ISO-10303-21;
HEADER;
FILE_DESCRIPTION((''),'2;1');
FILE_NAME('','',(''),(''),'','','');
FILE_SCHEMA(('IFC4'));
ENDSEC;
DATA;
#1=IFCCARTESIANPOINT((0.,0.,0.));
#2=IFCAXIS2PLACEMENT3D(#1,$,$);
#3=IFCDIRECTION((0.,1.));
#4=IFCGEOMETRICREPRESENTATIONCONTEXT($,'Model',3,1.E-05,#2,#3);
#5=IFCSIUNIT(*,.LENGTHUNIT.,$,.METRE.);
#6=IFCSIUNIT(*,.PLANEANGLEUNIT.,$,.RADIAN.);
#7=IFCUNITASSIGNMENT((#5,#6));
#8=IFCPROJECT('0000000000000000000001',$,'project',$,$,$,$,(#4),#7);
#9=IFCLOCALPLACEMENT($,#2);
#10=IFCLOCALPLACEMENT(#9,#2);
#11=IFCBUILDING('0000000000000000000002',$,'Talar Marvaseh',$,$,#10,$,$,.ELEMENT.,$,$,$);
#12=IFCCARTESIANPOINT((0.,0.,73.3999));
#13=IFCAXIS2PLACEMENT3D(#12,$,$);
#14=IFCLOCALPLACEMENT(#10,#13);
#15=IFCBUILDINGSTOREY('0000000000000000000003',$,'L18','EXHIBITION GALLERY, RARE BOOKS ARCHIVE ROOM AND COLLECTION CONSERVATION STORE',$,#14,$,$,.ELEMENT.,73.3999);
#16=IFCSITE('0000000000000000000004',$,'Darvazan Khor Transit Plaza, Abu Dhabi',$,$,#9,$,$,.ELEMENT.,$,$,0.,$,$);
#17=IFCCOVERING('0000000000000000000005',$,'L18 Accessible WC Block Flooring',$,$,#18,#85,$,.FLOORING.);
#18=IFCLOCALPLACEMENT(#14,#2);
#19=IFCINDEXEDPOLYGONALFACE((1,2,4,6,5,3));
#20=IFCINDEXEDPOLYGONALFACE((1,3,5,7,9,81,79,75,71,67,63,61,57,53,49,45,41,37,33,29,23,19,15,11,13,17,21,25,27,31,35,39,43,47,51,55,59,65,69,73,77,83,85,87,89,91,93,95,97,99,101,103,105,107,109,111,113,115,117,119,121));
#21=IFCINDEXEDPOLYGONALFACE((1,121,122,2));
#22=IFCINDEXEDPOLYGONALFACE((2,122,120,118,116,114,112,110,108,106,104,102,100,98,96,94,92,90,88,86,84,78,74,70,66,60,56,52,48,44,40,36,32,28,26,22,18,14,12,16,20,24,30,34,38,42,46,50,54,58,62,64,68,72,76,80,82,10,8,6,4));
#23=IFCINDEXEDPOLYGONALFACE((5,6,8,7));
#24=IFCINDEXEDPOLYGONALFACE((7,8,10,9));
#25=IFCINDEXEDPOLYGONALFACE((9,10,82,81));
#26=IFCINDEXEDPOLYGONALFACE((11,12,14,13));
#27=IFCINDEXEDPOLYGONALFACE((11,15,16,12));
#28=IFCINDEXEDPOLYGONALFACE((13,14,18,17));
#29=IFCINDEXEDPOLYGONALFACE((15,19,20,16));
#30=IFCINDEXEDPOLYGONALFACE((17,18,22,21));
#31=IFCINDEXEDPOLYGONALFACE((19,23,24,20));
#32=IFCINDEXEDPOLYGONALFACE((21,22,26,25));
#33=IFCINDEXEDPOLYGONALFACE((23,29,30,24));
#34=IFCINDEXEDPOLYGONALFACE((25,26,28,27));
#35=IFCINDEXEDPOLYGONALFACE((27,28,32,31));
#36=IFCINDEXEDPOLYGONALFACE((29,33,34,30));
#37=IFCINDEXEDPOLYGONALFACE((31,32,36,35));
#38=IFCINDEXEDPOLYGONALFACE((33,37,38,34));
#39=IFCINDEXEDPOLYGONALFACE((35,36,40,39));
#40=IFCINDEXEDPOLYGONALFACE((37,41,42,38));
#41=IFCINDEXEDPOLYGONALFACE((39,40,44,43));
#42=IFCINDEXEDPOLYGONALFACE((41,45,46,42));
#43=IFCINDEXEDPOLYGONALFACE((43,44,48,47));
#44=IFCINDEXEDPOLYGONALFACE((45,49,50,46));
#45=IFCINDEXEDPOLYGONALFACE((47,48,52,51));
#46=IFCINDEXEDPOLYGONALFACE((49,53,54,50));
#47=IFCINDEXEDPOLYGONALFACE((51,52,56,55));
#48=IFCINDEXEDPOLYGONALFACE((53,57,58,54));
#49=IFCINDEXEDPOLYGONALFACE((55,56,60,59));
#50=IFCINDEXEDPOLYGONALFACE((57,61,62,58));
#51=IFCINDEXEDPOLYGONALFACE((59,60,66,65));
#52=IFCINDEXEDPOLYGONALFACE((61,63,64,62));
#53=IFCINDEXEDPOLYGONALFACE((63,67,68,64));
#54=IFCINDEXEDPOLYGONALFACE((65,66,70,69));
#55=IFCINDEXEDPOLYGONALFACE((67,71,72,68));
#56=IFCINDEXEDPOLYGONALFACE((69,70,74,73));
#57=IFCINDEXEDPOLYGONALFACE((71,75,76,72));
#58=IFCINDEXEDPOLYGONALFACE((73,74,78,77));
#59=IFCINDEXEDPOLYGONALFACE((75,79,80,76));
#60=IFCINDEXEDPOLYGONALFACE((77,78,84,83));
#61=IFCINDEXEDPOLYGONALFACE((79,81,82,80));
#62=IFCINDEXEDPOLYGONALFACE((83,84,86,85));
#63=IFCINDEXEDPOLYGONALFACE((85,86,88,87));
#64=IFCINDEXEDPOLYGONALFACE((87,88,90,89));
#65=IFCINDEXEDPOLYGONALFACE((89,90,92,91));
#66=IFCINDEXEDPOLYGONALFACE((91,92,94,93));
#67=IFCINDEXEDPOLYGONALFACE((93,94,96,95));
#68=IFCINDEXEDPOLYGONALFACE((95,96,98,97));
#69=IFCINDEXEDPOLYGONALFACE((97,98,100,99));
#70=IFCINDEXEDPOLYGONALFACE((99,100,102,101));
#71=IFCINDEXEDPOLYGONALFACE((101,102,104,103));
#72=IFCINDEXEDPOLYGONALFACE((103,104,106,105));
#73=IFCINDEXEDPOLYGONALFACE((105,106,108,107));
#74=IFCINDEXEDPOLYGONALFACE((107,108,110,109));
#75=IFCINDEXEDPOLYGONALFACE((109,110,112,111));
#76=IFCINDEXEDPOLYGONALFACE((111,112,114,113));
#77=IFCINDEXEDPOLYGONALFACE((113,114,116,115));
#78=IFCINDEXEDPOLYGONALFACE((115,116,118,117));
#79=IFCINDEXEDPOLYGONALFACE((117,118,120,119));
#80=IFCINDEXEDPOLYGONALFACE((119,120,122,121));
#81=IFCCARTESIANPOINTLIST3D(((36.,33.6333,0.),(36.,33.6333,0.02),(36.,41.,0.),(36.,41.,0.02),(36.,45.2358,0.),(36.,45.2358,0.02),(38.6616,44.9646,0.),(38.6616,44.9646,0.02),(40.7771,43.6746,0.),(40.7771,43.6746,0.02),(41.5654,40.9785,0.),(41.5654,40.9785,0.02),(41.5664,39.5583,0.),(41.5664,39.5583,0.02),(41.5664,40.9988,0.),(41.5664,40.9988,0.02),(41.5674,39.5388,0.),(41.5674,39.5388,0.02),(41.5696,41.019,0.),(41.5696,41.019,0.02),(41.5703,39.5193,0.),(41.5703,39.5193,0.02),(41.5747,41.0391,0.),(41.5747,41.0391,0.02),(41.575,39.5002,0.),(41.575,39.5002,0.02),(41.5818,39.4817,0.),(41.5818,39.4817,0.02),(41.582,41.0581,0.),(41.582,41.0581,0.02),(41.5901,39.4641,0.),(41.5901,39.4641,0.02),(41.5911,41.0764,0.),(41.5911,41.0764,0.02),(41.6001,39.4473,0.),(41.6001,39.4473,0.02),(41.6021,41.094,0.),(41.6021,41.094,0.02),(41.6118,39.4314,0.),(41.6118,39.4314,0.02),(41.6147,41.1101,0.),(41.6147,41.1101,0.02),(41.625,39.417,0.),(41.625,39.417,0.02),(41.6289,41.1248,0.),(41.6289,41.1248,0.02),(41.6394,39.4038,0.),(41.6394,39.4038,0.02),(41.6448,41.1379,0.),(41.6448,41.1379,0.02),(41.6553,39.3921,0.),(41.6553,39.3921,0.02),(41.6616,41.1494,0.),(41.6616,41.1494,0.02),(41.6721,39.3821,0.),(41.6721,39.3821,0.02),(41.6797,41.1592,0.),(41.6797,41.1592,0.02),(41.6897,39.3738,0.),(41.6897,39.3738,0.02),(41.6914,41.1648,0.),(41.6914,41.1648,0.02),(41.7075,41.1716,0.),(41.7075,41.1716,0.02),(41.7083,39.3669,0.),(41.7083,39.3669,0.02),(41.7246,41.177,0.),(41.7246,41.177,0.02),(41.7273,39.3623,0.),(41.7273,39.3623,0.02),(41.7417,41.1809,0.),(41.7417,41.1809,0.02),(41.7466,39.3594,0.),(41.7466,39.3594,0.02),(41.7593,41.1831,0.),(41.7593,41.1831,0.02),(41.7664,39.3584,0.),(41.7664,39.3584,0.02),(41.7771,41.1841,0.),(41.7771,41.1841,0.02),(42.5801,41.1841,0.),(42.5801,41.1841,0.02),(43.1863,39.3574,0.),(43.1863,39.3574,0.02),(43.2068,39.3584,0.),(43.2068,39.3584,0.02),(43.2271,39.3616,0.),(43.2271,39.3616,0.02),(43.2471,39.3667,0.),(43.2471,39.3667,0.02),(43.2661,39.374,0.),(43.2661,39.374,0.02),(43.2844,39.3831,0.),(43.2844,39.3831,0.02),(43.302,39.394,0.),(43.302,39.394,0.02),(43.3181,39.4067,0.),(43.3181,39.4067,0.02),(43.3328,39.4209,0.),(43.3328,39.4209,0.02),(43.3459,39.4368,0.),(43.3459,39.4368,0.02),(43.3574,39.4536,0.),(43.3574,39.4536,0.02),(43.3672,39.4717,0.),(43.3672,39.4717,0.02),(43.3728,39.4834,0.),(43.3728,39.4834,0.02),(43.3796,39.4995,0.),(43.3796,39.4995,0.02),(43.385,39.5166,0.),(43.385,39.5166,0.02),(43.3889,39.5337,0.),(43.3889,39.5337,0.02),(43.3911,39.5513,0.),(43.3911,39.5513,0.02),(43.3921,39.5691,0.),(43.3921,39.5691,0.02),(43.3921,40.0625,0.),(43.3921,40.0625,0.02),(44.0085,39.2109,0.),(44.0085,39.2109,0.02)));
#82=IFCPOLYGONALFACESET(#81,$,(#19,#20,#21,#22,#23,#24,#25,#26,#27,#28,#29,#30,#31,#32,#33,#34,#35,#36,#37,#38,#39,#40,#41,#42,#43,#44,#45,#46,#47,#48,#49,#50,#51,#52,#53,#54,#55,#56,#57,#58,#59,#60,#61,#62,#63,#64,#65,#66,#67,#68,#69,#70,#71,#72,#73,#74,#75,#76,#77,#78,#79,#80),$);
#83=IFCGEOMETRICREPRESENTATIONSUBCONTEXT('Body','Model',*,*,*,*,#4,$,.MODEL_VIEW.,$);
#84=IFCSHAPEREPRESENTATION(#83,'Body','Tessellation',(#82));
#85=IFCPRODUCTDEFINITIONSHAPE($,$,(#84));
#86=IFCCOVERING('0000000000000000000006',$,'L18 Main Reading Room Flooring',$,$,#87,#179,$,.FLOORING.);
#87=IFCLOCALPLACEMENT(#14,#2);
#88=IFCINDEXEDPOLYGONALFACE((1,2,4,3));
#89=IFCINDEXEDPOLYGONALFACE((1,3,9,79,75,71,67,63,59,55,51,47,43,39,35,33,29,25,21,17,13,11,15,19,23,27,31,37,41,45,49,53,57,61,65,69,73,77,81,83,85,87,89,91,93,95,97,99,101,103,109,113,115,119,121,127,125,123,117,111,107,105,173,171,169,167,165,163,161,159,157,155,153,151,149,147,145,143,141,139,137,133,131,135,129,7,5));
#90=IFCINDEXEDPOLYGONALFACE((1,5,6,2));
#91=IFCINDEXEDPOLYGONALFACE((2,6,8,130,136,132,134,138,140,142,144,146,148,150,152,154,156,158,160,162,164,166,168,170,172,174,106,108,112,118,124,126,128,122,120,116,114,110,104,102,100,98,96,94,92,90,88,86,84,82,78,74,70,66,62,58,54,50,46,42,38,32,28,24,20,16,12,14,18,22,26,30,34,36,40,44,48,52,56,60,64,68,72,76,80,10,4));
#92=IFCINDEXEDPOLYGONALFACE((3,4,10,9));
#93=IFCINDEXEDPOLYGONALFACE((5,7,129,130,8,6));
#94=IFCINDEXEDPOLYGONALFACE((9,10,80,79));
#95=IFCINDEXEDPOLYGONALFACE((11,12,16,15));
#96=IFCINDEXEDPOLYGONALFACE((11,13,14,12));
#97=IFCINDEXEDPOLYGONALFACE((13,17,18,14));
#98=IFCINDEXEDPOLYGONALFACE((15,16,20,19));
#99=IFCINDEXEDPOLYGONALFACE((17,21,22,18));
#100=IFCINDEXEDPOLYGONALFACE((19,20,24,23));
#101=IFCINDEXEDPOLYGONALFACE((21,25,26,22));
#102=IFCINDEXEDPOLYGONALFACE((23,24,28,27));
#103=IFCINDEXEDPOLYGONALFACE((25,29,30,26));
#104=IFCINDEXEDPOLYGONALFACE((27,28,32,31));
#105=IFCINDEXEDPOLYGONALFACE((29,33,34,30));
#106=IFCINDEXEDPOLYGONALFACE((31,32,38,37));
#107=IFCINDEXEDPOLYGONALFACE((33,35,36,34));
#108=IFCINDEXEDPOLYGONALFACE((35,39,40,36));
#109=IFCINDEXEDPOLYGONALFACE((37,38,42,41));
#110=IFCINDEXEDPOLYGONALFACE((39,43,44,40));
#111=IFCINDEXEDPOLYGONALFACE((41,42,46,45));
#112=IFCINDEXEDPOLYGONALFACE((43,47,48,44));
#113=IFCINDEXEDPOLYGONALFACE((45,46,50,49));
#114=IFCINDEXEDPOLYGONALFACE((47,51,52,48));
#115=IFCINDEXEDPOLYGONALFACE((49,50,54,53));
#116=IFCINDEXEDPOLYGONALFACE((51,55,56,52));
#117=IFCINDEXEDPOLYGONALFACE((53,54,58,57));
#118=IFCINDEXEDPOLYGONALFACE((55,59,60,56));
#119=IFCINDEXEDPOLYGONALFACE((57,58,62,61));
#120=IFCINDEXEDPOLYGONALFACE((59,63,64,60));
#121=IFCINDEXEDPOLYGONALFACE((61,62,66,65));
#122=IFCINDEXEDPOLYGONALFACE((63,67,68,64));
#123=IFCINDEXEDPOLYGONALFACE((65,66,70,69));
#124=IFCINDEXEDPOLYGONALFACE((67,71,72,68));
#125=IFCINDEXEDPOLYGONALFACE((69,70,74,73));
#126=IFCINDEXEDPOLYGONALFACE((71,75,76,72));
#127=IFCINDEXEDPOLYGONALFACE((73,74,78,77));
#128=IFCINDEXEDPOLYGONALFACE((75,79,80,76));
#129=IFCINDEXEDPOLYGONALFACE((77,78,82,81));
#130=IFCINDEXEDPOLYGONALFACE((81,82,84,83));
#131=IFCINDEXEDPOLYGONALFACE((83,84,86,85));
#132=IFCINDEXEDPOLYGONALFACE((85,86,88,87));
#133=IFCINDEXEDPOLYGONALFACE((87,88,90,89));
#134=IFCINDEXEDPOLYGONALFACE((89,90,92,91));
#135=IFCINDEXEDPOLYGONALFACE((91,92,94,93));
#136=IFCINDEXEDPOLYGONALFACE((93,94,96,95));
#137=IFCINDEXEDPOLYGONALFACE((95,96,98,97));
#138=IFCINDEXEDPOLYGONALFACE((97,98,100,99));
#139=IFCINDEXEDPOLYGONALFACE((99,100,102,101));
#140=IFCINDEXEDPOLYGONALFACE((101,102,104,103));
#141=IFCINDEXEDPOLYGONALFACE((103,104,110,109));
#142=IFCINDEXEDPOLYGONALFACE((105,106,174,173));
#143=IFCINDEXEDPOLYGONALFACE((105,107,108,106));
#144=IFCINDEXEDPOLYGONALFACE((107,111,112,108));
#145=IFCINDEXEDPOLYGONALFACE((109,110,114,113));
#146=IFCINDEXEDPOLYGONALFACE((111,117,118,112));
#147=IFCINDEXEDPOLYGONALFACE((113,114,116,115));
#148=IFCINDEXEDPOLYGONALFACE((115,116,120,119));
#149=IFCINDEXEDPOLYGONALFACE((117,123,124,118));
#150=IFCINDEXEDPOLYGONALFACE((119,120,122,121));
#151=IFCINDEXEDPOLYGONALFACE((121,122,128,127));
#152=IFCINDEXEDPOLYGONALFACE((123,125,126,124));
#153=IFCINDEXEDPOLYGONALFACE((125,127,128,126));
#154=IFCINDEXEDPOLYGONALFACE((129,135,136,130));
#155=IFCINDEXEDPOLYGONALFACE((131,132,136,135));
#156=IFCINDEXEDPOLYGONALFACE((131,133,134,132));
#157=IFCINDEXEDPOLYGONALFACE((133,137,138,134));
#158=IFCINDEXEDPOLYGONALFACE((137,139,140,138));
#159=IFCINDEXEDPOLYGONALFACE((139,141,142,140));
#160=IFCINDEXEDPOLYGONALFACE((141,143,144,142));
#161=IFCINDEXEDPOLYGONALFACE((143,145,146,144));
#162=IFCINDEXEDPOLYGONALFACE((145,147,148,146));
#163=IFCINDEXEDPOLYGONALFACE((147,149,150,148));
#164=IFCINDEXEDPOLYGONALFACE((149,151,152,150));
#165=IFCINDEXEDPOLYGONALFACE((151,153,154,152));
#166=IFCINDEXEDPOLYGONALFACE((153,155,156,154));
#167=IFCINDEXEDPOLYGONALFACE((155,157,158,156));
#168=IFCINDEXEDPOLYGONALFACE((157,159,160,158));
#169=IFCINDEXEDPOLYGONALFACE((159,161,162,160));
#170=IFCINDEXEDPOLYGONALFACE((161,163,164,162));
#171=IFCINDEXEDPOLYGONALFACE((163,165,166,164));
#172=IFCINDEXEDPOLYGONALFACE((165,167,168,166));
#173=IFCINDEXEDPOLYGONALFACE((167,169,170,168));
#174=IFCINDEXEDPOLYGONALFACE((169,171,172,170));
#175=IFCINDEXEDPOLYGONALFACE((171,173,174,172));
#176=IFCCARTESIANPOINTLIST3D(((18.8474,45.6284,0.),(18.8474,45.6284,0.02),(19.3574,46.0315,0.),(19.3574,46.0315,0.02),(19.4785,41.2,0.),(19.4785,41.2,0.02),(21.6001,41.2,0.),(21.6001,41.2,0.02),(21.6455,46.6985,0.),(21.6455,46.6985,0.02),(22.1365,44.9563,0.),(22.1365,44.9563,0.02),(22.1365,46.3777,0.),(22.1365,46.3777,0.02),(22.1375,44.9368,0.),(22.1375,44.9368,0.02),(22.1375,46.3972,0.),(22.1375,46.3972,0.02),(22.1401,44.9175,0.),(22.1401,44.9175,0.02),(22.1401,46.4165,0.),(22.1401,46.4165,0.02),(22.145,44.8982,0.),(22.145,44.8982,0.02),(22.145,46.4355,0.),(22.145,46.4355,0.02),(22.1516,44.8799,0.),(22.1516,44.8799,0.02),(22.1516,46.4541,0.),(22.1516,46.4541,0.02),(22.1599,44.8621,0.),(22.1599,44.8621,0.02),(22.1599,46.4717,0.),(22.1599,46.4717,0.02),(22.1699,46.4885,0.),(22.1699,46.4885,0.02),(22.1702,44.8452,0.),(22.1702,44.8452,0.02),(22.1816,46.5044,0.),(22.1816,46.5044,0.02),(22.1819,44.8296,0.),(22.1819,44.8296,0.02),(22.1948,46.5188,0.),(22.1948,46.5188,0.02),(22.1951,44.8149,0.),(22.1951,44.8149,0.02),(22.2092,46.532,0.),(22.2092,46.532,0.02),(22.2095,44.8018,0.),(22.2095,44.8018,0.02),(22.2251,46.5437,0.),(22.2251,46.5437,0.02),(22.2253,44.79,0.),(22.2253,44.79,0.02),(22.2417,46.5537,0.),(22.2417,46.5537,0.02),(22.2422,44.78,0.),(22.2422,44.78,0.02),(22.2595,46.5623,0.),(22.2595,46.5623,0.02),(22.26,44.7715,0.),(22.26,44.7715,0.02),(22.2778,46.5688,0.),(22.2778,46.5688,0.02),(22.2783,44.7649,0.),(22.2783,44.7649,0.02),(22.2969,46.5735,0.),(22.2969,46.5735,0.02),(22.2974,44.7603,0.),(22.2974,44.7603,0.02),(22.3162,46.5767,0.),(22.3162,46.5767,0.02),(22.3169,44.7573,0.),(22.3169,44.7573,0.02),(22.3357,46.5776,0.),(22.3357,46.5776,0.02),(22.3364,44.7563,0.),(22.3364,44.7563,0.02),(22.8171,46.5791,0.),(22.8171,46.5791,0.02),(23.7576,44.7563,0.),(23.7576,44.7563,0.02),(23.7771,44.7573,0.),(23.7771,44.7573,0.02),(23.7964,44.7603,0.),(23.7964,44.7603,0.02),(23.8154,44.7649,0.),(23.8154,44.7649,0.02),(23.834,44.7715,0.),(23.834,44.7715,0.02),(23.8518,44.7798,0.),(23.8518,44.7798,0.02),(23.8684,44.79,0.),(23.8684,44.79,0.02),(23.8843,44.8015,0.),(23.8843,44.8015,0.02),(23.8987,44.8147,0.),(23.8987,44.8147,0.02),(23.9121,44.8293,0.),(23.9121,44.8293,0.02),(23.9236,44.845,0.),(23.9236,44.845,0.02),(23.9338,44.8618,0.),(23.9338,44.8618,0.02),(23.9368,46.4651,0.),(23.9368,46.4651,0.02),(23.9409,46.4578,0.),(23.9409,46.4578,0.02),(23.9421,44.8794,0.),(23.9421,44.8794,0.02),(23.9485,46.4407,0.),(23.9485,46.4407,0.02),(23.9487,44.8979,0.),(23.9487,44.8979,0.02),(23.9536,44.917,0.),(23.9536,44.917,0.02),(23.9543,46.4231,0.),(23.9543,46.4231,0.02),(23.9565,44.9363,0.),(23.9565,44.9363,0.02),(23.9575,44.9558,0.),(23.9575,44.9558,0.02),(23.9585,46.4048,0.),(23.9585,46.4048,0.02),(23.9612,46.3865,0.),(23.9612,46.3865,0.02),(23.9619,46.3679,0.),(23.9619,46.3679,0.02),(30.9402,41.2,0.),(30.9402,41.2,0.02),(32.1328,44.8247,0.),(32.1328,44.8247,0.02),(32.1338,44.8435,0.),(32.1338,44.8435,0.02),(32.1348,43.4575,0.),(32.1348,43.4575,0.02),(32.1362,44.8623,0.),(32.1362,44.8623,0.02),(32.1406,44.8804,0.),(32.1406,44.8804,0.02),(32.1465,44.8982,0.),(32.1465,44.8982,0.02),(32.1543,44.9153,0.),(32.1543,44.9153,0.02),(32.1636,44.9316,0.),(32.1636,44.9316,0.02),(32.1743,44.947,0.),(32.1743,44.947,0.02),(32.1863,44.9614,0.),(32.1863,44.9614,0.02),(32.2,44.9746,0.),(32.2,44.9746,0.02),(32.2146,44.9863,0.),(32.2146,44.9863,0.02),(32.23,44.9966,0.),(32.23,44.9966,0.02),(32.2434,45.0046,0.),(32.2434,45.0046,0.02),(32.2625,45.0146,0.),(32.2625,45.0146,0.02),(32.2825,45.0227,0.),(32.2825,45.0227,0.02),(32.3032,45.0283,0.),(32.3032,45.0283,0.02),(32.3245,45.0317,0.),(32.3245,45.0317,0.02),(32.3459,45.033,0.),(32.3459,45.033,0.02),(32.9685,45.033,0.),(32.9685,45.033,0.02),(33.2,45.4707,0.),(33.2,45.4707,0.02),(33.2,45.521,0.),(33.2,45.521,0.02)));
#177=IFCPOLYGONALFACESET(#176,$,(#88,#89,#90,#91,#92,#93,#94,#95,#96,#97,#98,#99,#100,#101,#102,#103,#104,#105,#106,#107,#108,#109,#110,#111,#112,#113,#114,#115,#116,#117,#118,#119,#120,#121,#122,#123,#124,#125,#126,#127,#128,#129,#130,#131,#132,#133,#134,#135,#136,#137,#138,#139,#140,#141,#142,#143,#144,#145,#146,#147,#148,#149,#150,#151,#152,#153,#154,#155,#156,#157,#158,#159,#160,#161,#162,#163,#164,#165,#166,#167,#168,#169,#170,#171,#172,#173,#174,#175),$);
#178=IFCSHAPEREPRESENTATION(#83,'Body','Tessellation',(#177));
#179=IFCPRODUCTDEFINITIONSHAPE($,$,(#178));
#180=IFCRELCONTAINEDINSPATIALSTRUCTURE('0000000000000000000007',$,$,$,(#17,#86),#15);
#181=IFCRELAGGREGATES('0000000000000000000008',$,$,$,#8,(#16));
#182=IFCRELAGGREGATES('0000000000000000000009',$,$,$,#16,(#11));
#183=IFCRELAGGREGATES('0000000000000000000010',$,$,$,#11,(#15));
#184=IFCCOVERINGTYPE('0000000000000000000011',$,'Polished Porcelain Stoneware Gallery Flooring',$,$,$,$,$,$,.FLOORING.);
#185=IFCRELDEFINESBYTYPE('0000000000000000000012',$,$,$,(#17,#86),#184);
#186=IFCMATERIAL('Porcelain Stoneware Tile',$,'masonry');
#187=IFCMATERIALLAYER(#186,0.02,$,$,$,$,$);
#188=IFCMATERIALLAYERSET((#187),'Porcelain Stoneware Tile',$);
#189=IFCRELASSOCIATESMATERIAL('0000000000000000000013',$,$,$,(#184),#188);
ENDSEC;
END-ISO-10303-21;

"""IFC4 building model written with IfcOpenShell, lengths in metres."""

from ifc_helpers import new_model, si_unit, direction, frame, origin, place, context, subcontext, project, spatial, polyline, outline, extrude, material, layer, layer_set, type_object, element, save


model = new_model("IFC4")

# Units and contexts
model_context = context("Model", 3, precision=1e-05, world=origin(), true_north=direction((0.0, 1.0)))
body_context = subcontext(model_context, "Body", "Model", "MODEL_VIEW")
ifc_project = project(units=[si_unit("LENGTHUNIT", "METRE"), si_unit("PLANEANGLEUNIT", "RADIAN")], contexts=[model_context])

# Site, building, storey
site_placement = place(None, origin())
site = spatial("IfcSite", under=ifc_project, at=site_placement, Name="Darvazan Khor Transit Plaza, Abu Dhabi", CompositionType="ELEMENT", RefElevation=0.0)
building_placement = place(site_placement, origin())
building = spatial("IfcBuilding", under=site, at=building_placement, Name="Talar Marvaseh", CompositionType="ELEMENT")
storey_placement = place(building_placement, frame((0.0, 0.0, 73.3999)))
storey = spatial("IfcBuildingStorey", under=building, at=storey_placement, Name="L18", Description="EXHIBITION GALLERY, RARE BOOKS ARCHIVE ROOM AND COLLECTION CONSERVATION STORE", CompositionType="ELEMENT", Elevation=73.3999)

# Coverings
ifc_material_1 = material(Name="Porcelain Stoneware Tile", Category="masonry")
ifc_layer_1 = layer(ifc_material_1, 0.02)
ifc_layer_set_1 = layer_set([ifc_layer_1], Name="Porcelain Stoneware Tile")
covering_type_1 = type_object("IfcCoveringType", Name="Polished Porcelain Stoneware Gallery Flooring", PredefinedType="FLOORING", material=ifc_layer_set_1)
covering_1_placement = place(storey_placement, origin())
element("IfcCovering", 1, at=covering_1_placement, inside=storey, type_object=covering_type_1, Name="L18 Accessible WC Block Flooring", PredefinedType="FLOORING", context=body_context, shape_type="SweptSolid", body=[
    extrude(outline(polyline([(40.7771, 43.6746), (42.5801, 41.1841), (41.7771, 41.1841), (41.7593, 41.1831), (41.7417, 41.1809), (41.7246, 41.177), (41.7075, 41.1716), (41.6914, 41.1648), (41.6797, 41.1592), (41.6616, 41.1494), (41.6448, 41.1379), (41.6289, 41.1248), (41.6147, 41.1101), (41.6021, 41.094), (41.5911, 41.0764), (41.582, 41.0581), (41.5747, 41.0391), (41.5696, 41.019), (41.5664, 40.9988), (41.5654, 40.9785), (41.5664, 39.5583), (41.5674, 39.5388), (41.5703, 39.5193), (41.575, 39.5002), (41.5818, 39.4817), (41.5901, 39.4641), (41.6001, 39.4473), (41.6118, 39.4314), (41.625, 39.417), (41.6394, 39.4038), (41.6553, 39.3921), (41.6721, 39.3821), (41.6897, 39.3738), (41.7083, 39.3669), (41.7273, 39.3623), (41.7466, 39.3594), (41.7664, 39.3584), (43.1863, 39.3574), (43.2068, 39.3584), (43.2271, 39.3616), (43.2471, 39.3667), (43.2661, 39.374), (43.2844, 39.3831), (43.302, 39.394), (43.3181, 39.4067), (43.3328, 39.4209), (43.3459, 39.4368), (43.3574, 39.4536), (43.3672, 39.4717), (43.3728, 39.4834), (43.3796, 39.4995), (43.385, 39.5166), (43.3889, 39.5337), (43.3911, 39.5513), (43.3921, 39.5691), (43.3921, 40.0625), (44.0085, 39.2109), (36.0, 33.6333), (36.0, 41.0), (36.0, 45.2358), (38.6616, 44.9646), (40.7771, 43.6746)])), origin(), (0.0, 0.0, 1.0), 0.02),
])
covering_2_placement = place(storey_placement, origin())
element("IfcCovering", 2, at=covering_2_placement, inside=storey, type_object=covering_type_1, Name="L18 Main Reading Room Flooring", PredefinedType="FLOORING", context=body_context, shape_type="SweptSolid", body=[
    extrude(outline(polyline([(19.3574, 46.0315), (21.6455, 46.6985), (22.8171, 46.5791), (22.3357, 46.5776), (22.3162, 46.5767), (22.2969, 46.5735), (22.2778, 46.5688), (22.2595, 46.5623), (22.2417, 46.5537), (22.2251, 46.5437), (22.2092, 46.532), (22.1948, 46.5188), (22.1816, 46.5044), (22.1699, 46.4885), (22.1599, 46.4717), (22.1516, 46.4541), (22.145, 46.4355), (22.1401, 46.4165), (22.1375, 46.3972), (22.1365, 46.3777), (22.1365, 44.9563), (22.1375, 44.9368), (22.1401, 44.9175), (22.145, 44.8982), (22.1516, 44.8799), (22.1599, 44.8621), (22.1702, 44.8452), (22.1819, 44.8296), (22.1951, 44.8149), (22.2095, 44.8018), (22.2253, 44.79), (22.2422, 44.78), (22.26, 44.7715), (22.2783, 44.7649), (22.2974, 44.7603), (22.3169, 44.7573), (22.3364, 44.7563), (23.7576, 44.7563), (23.7771, 44.7573), (23.7964, 44.7603), (23.8154, 44.7649), (23.834, 44.7715), (23.8518, 44.7798), (23.8684, 44.79), (23.8843, 44.8015), (23.8987, 44.8147), (23.9121, 44.8293), (23.9236, 44.845), (23.9338, 44.8618), (23.9421, 44.8794), (23.9487, 44.8979), (23.9536, 44.917), (23.9565, 44.9363), (23.9575, 44.9558), (23.9619, 46.3679), (23.9612, 46.3865), (23.9585, 46.4048), (23.9543, 46.4231), (23.9485, 46.4407), (23.9409, 46.4578), (23.9368, 46.4651), (33.2, 45.521), (33.2, 45.4707), (32.9685, 45.033), (32.3459, 45.033), (32.3245, 45.0317), (32.3032, 45.0283), (32.2825, 45.0227), (32.2625, 45.0146), (32.2434, 45.0046), (32.23, 44.9966), (32.2146, 44.9863), (32.2, 44.9746), (32.1863, 44.9614), (32.1743, 44.947), (32.1636, 44.9316), (32.1543, 44.9153), (32.1465, 44.8982), (32.1406, 44.8804), (32.1362, 44.8623), (32.1338, 44.8435), (32.1328, 44.8247), (32.1348, 43.4575), (30.9402, 41.2), (21.6001, 41.2), (19.4785, 41.2), (18.8474, 45.6284), (19.3574, 46.0315)])), origin(), (0.0, 0.0, 1.0), 0.02),
])

save(model, "model.ifc")
